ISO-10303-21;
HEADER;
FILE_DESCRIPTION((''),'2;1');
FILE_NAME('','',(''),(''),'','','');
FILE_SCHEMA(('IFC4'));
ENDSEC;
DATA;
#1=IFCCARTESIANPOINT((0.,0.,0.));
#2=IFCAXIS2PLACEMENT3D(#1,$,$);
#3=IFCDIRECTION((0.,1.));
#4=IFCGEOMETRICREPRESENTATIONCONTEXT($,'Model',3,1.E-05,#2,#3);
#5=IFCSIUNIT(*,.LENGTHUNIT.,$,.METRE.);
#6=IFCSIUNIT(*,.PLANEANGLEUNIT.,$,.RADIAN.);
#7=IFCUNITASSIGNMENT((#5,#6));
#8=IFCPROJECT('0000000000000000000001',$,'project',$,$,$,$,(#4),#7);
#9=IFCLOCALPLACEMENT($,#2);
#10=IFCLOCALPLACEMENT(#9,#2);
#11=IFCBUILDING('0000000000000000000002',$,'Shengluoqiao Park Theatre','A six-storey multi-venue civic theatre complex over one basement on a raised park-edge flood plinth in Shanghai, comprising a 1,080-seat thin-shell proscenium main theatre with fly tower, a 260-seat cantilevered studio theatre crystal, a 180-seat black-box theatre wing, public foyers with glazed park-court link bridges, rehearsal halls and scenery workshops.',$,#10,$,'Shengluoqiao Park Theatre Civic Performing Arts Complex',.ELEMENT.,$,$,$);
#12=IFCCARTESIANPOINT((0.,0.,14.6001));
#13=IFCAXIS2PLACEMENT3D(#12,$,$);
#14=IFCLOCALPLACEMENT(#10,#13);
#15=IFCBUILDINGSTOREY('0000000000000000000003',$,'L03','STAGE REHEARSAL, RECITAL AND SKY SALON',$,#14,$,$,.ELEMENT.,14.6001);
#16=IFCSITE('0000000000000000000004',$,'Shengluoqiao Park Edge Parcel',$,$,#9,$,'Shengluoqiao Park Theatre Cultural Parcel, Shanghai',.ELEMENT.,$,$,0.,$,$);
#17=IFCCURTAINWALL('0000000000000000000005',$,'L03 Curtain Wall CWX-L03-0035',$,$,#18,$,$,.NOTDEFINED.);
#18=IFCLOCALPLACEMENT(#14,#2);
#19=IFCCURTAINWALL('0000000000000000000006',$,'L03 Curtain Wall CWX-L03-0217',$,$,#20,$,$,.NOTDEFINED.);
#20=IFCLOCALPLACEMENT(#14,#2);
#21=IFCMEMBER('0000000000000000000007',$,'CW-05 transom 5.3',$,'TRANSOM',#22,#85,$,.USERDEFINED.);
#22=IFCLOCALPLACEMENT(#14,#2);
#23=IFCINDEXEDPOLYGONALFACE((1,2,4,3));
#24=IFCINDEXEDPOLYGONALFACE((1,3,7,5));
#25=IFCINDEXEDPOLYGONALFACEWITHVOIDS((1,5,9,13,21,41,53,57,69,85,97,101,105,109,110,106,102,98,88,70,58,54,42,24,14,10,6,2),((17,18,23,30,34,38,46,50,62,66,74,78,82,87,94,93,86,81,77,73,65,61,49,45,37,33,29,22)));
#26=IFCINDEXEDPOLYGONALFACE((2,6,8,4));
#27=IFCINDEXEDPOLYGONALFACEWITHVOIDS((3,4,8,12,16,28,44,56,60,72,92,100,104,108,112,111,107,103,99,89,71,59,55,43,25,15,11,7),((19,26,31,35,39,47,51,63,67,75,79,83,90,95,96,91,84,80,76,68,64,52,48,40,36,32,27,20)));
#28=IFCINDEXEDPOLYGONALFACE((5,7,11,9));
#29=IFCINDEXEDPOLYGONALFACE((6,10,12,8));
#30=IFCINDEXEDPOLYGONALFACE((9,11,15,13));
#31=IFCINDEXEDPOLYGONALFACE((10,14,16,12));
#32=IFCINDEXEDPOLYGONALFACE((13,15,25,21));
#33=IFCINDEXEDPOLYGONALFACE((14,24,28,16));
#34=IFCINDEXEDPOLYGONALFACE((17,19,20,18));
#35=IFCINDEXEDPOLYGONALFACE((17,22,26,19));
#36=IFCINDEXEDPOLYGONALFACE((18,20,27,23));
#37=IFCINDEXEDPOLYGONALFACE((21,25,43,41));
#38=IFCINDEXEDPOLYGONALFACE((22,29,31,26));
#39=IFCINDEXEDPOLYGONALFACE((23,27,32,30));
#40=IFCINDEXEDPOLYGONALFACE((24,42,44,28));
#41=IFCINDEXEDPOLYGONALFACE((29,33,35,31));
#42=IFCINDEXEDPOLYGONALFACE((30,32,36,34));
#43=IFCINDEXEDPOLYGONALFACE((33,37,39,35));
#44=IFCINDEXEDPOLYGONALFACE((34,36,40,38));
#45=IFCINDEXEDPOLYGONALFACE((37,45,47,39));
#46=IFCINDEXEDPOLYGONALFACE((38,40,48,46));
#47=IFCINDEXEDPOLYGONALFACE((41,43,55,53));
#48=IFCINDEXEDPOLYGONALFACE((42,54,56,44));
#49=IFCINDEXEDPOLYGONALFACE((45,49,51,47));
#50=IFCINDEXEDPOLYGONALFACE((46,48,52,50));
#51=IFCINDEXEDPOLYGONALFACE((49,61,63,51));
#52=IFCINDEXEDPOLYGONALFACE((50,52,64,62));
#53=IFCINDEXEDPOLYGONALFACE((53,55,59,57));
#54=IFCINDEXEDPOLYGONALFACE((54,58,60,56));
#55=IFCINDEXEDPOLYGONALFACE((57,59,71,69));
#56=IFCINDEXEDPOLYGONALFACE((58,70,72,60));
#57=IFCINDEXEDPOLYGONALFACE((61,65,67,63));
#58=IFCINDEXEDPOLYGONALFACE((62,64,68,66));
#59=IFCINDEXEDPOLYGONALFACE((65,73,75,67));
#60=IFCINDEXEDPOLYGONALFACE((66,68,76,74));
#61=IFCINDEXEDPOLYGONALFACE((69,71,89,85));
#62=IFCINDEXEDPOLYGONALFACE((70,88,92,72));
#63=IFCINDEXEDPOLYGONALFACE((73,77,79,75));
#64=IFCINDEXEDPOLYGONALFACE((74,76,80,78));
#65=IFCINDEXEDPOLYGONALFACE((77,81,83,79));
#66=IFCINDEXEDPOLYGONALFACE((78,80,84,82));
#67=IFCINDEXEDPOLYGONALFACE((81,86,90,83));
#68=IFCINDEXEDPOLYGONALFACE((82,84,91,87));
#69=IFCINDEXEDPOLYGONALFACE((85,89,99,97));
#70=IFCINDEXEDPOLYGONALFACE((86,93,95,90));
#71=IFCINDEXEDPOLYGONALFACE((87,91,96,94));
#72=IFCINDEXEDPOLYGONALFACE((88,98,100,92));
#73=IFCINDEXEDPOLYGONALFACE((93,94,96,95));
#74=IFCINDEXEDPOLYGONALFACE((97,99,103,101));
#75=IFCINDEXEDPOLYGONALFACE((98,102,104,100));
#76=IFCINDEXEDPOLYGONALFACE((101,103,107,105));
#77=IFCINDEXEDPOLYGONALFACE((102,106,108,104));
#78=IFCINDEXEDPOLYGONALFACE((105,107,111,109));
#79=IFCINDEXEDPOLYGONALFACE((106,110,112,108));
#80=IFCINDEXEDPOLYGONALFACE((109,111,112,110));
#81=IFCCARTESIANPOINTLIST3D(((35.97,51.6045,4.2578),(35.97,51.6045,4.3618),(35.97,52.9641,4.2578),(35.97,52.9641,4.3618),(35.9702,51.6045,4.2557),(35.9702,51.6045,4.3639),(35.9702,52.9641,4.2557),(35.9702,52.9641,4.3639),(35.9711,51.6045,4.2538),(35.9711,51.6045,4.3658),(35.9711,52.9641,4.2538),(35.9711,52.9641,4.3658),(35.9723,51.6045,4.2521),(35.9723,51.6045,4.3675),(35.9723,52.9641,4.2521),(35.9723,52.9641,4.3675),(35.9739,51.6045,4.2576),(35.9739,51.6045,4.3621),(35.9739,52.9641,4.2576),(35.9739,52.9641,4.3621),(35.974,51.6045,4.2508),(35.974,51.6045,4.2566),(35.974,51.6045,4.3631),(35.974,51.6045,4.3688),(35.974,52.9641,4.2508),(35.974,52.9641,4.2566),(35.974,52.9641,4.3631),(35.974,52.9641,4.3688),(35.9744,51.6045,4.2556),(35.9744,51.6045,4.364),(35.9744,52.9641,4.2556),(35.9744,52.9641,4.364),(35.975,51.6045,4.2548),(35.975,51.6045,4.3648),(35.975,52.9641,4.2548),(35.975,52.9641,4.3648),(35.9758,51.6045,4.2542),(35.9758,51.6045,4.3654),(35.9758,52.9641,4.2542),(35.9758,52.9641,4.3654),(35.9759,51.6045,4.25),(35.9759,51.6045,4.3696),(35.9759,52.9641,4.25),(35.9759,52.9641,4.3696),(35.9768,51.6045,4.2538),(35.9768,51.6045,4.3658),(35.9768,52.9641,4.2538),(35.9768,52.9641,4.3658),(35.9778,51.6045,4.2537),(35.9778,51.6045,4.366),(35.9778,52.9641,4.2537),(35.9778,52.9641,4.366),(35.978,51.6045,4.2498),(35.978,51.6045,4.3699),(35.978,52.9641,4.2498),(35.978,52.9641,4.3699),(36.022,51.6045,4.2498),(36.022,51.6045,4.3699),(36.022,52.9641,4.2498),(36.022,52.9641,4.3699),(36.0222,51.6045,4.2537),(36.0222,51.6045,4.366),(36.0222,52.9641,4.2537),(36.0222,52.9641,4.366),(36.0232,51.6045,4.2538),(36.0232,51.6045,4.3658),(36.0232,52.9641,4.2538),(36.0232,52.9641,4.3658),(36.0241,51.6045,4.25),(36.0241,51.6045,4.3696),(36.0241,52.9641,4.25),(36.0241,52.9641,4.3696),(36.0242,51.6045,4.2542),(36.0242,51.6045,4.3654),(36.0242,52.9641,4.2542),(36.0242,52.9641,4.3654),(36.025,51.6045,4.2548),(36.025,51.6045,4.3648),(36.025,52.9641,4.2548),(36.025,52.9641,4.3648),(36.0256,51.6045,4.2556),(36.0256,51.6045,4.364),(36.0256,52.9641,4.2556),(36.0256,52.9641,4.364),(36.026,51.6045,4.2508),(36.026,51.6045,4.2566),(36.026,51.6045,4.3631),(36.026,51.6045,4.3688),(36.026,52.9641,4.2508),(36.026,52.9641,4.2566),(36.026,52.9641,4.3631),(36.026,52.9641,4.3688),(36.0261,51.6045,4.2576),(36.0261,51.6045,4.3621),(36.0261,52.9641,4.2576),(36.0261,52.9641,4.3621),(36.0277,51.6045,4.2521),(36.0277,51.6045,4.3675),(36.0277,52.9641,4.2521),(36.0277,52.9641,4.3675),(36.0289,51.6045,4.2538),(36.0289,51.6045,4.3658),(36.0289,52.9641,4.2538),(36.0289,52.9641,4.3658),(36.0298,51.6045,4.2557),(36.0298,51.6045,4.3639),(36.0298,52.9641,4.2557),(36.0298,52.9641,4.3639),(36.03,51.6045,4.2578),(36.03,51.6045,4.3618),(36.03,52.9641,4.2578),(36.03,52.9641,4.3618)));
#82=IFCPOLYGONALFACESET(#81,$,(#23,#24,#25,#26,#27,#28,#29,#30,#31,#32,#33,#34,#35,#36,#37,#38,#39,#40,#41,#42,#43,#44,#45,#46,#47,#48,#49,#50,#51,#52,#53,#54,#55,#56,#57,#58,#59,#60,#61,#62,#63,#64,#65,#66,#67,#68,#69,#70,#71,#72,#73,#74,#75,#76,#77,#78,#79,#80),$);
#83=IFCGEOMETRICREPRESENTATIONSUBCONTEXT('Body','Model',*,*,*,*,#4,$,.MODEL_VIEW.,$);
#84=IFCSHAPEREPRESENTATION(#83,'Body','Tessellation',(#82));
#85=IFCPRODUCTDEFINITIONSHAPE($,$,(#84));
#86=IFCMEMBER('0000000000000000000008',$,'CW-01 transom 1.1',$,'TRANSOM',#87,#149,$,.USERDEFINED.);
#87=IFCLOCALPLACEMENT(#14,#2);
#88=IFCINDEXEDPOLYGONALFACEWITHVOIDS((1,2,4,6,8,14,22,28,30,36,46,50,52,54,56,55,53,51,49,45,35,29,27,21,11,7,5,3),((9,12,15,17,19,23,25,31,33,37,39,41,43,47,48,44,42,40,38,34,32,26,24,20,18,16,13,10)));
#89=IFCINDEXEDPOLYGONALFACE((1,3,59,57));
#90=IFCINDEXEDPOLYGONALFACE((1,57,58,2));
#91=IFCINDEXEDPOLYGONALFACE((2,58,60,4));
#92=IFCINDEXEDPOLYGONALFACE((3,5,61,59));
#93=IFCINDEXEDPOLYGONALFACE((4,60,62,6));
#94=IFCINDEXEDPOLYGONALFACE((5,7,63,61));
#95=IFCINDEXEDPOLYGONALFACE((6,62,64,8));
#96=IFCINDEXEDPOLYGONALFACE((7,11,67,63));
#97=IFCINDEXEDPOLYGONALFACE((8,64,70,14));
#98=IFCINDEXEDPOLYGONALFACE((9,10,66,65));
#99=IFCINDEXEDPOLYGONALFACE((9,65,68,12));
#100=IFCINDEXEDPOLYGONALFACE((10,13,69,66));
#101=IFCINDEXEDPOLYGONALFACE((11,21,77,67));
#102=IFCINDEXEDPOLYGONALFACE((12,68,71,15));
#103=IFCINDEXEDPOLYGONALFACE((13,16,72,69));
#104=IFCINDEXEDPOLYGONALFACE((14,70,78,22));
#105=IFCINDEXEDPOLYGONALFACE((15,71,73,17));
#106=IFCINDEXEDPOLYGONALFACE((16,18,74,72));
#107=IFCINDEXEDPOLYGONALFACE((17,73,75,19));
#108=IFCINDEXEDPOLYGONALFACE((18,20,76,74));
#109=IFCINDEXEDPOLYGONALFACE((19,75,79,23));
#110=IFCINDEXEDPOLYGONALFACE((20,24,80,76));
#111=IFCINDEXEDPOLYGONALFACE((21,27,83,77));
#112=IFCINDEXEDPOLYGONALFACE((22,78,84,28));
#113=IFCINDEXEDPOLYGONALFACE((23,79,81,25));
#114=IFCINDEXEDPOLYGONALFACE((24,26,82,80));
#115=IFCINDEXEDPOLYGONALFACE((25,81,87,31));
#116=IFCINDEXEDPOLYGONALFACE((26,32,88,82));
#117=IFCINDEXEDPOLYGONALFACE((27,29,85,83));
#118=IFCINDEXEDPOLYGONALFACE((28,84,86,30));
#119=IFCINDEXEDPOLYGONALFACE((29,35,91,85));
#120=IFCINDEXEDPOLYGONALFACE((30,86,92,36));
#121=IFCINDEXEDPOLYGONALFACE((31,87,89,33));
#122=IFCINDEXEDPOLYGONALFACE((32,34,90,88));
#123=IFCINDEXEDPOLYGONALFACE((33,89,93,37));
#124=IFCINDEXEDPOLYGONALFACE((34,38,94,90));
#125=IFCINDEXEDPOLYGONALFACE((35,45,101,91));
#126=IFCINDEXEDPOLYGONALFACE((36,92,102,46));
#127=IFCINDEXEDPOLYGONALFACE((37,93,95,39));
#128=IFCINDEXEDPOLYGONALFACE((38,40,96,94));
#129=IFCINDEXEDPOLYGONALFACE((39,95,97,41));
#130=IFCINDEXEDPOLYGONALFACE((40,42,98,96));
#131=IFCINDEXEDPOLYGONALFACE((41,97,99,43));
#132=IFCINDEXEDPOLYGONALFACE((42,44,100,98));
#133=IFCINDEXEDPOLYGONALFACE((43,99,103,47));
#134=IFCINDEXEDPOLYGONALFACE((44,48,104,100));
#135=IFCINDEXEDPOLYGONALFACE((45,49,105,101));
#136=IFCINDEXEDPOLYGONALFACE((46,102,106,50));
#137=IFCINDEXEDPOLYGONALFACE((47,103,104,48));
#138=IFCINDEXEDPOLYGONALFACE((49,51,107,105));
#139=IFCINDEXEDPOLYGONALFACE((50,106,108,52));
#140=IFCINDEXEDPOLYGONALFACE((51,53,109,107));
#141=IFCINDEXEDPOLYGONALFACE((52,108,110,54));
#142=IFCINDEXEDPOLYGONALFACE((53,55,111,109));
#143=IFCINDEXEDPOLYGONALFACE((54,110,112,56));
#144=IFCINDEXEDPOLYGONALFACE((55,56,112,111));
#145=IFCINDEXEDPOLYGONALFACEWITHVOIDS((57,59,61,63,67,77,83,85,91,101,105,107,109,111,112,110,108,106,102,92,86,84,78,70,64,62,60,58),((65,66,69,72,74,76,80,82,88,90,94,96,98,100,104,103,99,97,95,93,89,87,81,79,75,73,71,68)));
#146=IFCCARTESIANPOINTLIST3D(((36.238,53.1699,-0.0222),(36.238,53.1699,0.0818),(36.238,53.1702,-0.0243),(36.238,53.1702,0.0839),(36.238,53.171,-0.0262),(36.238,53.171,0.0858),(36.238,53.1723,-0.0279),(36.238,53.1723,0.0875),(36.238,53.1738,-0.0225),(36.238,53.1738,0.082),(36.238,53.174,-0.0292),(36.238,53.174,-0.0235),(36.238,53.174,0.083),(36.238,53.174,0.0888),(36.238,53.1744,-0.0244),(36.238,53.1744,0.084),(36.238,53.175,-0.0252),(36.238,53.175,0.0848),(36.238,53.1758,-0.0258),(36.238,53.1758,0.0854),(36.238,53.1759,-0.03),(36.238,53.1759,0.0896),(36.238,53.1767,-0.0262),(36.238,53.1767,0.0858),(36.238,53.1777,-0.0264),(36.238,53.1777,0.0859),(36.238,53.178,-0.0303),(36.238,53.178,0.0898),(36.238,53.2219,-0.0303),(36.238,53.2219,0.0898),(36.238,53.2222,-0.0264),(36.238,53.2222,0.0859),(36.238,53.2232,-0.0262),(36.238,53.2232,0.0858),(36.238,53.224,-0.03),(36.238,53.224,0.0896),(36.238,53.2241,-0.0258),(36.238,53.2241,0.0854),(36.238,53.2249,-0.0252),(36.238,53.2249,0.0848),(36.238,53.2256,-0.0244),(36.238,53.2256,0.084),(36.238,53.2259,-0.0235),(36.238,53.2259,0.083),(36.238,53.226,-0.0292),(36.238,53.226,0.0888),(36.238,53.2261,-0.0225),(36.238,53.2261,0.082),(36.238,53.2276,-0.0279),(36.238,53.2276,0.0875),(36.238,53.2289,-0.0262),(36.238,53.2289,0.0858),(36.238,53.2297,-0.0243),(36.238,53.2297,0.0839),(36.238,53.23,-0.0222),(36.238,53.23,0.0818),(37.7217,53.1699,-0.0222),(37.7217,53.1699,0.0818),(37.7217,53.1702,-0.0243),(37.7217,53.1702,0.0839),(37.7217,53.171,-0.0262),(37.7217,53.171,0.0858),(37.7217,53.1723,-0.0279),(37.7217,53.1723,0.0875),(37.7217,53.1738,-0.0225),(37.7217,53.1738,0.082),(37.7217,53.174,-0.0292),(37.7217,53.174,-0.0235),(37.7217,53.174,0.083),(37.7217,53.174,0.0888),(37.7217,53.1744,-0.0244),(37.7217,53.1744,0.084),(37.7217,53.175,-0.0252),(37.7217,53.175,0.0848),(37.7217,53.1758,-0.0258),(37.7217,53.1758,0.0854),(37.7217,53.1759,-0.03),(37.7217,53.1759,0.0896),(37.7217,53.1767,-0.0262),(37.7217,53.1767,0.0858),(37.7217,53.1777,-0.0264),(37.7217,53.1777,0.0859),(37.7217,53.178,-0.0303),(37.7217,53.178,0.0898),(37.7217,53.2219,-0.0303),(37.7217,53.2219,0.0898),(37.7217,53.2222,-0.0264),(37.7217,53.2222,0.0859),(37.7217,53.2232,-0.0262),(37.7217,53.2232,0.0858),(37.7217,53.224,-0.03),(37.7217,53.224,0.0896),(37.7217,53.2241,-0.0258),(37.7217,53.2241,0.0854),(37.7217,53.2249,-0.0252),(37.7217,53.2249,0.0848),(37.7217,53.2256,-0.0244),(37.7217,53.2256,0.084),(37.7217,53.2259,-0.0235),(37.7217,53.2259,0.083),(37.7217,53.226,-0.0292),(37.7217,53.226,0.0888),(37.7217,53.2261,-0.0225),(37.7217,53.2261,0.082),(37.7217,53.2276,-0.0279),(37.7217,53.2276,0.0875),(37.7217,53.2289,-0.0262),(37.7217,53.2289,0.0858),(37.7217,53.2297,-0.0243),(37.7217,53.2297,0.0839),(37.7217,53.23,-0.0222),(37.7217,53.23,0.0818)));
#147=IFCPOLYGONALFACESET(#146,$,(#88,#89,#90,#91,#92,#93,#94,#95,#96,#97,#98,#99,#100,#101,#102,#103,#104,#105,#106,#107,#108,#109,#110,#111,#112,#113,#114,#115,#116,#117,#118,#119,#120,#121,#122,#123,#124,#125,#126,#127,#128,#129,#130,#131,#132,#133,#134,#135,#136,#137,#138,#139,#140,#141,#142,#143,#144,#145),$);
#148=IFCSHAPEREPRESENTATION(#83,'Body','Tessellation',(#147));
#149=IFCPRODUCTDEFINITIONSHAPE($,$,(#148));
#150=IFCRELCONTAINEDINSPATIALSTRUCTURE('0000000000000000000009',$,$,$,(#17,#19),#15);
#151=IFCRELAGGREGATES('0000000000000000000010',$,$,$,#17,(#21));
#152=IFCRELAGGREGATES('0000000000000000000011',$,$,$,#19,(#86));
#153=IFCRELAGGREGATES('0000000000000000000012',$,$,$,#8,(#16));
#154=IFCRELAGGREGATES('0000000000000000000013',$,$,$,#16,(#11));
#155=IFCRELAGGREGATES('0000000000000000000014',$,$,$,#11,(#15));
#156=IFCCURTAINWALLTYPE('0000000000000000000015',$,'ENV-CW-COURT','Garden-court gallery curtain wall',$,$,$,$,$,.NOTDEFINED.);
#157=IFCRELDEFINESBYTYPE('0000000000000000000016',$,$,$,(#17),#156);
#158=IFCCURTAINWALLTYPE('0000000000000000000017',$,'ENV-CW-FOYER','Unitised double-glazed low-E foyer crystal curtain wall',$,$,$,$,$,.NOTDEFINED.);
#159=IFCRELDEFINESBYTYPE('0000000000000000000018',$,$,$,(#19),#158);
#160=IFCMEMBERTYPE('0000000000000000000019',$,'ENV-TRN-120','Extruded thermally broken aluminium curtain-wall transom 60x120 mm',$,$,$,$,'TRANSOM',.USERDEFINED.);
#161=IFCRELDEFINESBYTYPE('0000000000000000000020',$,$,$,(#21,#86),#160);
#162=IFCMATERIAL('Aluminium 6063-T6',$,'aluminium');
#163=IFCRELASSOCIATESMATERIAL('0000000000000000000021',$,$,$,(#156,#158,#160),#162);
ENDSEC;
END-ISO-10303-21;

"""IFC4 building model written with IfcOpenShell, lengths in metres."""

from ifc_helpers import new_model, si_unit, direction, frame, origin, origin_2d, place, context, subcontext, project, spatial, hollow_rectangle, extrude, material, material_profile, profile_set, type_object, element, aggregate, save


model = new_model("IFC4")

# Units and contexts
model_context = context("Model", 3, precision=1e-05, world=origin(), true_north=direction((0.0, 1.0)))
body_context = subcontext(model_context, "Body", "Model", "MODEL_VIEW")
ifc_project = project(units=[si_unit("LENGTHUNIT", "METRE"), si_unit("PLANEANGLEUNIT", "RADIAN")], contexts=[model_context])

# Site, building, storey
site_placement = place(None, origin())
site = spatial("IfcSite", under=ifc_project, at=site_placement, Name="Shengluoqiao Park Edge Parcel", LongName="Shengluoqiao Park Theatre Cultural Parcel, Shanghai", CompositionType="ELEMENT", RefElevation=0.0)
building_placement = place(site_placement, origin())
building = spatial("IfcBuilding", under=site, at=building_placement, Name="Shengluoqiao Park Theatre", Description="A six-storey multi-venue civic theatre complex over one basement on a raised park-edge flood plinth in Shanghai, comprising a 1,080-seat thin-shell proscenium main theatre with fly tower, a 260-seat cantilevered studio theatre crystal, a 180-seat black-box theatre wing, public foyers with glazed park-court link bridges, rehearsal halls and scenery workshops.", LongName="Shengluoqiao Park Theatre Civic Performing Arts Complex", CompositionType="ELEMENT")
storey_placement = place(building_placement, frame((0.0, 0.0, 14.6001)))
storey = spatial("IfcBuildingStorey", under=building, at=storey_placement, Name="L03", Description="STAGE REHEARSAL, RECITAL AND SKY SALON", CompositionType="ELEMENT", Elevation=14.6001)

# Curtain wall
ifc_material_1 = material(Name="Aluminium 6063-T6", Category="aluminium")
curtain_wall_type_1 = type_object("IfcCurtainWallType", Name="ENV-CW-COURT", Description="Garden-court gallery curtain wall", PredefinedType="NOTDEFINED", material=ifc_material_1)
curtain_wall_1_placement = place(storey_placement, origin())
curtain_wall_1 = element("IfcCurtainWall", 1, at=curtain_wall_1_placement, inside=storey, type_object=curtain_wall_type_1, Name="L03 Curtain Wall CWX-L03-0035", PredefinedType="NOTDEFINED")

# Curtain wall
curtain_wall_type_2 = type_object("IfcCurtainWallType", Name="ENV-CW-FOYER", Description="Unitised double-glazed low-E foyer crystal curtain wall", PredefinedType="NOTDEFINED", material=ifc_material_1)
curtain_wall_2_placement = place(storey_placement, origin())
curtain_wall_2 = element("IfcCurtainWall", 2, at=curtain_wall_2_placement, inside=storey, type_object=curtain_wall_type_2, Name="L03 Curtain Wall CWX-L03-0217", PredefinedType="NOTDEFINED")

# Members
ifc_material_profile_1 = material_profile(ifc_material_1, hollow_rectangle(XDim=0.0601, YDim=0.1201, WallThickness=0.0039, InnerFilletRadius=0.0039, OuterFilletRadius=0.0081, at=origin_2d()), Name="ALU TRANSOM 120x60x4")
ifc_profile_set_1 = profile_set([ifc_material_profile_1], Name="Aluminium 6063-T6")
member_type_1 = type_object("IfcMemberType", Name="ENV-TRN-120", Description="Extruded thermally broken aluminium curtain-wall transom 60x120 mm", ElementType="TRANSOM", PredefinedType="USERDEFINED", material=ifc_profile_set_1)
member_1_placement = place(storey_placement, frame((36.0, 51.6045, 4.3098), z_axis=(0.0, 1.0, 0.0), x_axis=(-1.0, 0.0, 0.0)))
member_1 = element("IfcMember", 3, at=member_1_placement, type_object=member_type_1, Name="CW-05 transom 5.3", ObjectType="TRANSOM", PredefinedType="USERDEFINED", context=body_context, shape_type="SweptSolid", body=[
    extrude(hollow_rectangle(XDim=0.0601, YDim=0.1201, WallThickness=0.0039, InnerFilletRadius=0.0039, OuterFilletRadius=0.0081, at=origin_2d()), origin(), (0.0, 0.0, 1.0), 1.3596),
])
member_2_placement = place(storey_placement, frame((36.238, 53.2, 0.0298), z_axis=(1.0, 0.0, 0.0), x_axis=(0.0, 1.0, 0.0)))
member_2 = element("IfcMember", 4, at=member_2_placement, type_object=member_type_1, Name="CW-01 transom 1.1", ObjectType="TRANSOM", PredefinedType="USERDEFINED", context=body_context, shape_type="SweptSolid", body=[
    extrude(hollow_rectangle(XDim=0.0601, YDim=0.1201, WallThickness=0.0039, InnerFilletRadius=0.0039, OuterFilletRadius=0.0081, at=origin_2d()), origin(), (0.0, 0.0, 1.0), 1.4836),
])

aggregate(curtain_wall_1, [member_1])
aggregate(curtain_wall_2, [member_2])

save(model, "model.ifc")
